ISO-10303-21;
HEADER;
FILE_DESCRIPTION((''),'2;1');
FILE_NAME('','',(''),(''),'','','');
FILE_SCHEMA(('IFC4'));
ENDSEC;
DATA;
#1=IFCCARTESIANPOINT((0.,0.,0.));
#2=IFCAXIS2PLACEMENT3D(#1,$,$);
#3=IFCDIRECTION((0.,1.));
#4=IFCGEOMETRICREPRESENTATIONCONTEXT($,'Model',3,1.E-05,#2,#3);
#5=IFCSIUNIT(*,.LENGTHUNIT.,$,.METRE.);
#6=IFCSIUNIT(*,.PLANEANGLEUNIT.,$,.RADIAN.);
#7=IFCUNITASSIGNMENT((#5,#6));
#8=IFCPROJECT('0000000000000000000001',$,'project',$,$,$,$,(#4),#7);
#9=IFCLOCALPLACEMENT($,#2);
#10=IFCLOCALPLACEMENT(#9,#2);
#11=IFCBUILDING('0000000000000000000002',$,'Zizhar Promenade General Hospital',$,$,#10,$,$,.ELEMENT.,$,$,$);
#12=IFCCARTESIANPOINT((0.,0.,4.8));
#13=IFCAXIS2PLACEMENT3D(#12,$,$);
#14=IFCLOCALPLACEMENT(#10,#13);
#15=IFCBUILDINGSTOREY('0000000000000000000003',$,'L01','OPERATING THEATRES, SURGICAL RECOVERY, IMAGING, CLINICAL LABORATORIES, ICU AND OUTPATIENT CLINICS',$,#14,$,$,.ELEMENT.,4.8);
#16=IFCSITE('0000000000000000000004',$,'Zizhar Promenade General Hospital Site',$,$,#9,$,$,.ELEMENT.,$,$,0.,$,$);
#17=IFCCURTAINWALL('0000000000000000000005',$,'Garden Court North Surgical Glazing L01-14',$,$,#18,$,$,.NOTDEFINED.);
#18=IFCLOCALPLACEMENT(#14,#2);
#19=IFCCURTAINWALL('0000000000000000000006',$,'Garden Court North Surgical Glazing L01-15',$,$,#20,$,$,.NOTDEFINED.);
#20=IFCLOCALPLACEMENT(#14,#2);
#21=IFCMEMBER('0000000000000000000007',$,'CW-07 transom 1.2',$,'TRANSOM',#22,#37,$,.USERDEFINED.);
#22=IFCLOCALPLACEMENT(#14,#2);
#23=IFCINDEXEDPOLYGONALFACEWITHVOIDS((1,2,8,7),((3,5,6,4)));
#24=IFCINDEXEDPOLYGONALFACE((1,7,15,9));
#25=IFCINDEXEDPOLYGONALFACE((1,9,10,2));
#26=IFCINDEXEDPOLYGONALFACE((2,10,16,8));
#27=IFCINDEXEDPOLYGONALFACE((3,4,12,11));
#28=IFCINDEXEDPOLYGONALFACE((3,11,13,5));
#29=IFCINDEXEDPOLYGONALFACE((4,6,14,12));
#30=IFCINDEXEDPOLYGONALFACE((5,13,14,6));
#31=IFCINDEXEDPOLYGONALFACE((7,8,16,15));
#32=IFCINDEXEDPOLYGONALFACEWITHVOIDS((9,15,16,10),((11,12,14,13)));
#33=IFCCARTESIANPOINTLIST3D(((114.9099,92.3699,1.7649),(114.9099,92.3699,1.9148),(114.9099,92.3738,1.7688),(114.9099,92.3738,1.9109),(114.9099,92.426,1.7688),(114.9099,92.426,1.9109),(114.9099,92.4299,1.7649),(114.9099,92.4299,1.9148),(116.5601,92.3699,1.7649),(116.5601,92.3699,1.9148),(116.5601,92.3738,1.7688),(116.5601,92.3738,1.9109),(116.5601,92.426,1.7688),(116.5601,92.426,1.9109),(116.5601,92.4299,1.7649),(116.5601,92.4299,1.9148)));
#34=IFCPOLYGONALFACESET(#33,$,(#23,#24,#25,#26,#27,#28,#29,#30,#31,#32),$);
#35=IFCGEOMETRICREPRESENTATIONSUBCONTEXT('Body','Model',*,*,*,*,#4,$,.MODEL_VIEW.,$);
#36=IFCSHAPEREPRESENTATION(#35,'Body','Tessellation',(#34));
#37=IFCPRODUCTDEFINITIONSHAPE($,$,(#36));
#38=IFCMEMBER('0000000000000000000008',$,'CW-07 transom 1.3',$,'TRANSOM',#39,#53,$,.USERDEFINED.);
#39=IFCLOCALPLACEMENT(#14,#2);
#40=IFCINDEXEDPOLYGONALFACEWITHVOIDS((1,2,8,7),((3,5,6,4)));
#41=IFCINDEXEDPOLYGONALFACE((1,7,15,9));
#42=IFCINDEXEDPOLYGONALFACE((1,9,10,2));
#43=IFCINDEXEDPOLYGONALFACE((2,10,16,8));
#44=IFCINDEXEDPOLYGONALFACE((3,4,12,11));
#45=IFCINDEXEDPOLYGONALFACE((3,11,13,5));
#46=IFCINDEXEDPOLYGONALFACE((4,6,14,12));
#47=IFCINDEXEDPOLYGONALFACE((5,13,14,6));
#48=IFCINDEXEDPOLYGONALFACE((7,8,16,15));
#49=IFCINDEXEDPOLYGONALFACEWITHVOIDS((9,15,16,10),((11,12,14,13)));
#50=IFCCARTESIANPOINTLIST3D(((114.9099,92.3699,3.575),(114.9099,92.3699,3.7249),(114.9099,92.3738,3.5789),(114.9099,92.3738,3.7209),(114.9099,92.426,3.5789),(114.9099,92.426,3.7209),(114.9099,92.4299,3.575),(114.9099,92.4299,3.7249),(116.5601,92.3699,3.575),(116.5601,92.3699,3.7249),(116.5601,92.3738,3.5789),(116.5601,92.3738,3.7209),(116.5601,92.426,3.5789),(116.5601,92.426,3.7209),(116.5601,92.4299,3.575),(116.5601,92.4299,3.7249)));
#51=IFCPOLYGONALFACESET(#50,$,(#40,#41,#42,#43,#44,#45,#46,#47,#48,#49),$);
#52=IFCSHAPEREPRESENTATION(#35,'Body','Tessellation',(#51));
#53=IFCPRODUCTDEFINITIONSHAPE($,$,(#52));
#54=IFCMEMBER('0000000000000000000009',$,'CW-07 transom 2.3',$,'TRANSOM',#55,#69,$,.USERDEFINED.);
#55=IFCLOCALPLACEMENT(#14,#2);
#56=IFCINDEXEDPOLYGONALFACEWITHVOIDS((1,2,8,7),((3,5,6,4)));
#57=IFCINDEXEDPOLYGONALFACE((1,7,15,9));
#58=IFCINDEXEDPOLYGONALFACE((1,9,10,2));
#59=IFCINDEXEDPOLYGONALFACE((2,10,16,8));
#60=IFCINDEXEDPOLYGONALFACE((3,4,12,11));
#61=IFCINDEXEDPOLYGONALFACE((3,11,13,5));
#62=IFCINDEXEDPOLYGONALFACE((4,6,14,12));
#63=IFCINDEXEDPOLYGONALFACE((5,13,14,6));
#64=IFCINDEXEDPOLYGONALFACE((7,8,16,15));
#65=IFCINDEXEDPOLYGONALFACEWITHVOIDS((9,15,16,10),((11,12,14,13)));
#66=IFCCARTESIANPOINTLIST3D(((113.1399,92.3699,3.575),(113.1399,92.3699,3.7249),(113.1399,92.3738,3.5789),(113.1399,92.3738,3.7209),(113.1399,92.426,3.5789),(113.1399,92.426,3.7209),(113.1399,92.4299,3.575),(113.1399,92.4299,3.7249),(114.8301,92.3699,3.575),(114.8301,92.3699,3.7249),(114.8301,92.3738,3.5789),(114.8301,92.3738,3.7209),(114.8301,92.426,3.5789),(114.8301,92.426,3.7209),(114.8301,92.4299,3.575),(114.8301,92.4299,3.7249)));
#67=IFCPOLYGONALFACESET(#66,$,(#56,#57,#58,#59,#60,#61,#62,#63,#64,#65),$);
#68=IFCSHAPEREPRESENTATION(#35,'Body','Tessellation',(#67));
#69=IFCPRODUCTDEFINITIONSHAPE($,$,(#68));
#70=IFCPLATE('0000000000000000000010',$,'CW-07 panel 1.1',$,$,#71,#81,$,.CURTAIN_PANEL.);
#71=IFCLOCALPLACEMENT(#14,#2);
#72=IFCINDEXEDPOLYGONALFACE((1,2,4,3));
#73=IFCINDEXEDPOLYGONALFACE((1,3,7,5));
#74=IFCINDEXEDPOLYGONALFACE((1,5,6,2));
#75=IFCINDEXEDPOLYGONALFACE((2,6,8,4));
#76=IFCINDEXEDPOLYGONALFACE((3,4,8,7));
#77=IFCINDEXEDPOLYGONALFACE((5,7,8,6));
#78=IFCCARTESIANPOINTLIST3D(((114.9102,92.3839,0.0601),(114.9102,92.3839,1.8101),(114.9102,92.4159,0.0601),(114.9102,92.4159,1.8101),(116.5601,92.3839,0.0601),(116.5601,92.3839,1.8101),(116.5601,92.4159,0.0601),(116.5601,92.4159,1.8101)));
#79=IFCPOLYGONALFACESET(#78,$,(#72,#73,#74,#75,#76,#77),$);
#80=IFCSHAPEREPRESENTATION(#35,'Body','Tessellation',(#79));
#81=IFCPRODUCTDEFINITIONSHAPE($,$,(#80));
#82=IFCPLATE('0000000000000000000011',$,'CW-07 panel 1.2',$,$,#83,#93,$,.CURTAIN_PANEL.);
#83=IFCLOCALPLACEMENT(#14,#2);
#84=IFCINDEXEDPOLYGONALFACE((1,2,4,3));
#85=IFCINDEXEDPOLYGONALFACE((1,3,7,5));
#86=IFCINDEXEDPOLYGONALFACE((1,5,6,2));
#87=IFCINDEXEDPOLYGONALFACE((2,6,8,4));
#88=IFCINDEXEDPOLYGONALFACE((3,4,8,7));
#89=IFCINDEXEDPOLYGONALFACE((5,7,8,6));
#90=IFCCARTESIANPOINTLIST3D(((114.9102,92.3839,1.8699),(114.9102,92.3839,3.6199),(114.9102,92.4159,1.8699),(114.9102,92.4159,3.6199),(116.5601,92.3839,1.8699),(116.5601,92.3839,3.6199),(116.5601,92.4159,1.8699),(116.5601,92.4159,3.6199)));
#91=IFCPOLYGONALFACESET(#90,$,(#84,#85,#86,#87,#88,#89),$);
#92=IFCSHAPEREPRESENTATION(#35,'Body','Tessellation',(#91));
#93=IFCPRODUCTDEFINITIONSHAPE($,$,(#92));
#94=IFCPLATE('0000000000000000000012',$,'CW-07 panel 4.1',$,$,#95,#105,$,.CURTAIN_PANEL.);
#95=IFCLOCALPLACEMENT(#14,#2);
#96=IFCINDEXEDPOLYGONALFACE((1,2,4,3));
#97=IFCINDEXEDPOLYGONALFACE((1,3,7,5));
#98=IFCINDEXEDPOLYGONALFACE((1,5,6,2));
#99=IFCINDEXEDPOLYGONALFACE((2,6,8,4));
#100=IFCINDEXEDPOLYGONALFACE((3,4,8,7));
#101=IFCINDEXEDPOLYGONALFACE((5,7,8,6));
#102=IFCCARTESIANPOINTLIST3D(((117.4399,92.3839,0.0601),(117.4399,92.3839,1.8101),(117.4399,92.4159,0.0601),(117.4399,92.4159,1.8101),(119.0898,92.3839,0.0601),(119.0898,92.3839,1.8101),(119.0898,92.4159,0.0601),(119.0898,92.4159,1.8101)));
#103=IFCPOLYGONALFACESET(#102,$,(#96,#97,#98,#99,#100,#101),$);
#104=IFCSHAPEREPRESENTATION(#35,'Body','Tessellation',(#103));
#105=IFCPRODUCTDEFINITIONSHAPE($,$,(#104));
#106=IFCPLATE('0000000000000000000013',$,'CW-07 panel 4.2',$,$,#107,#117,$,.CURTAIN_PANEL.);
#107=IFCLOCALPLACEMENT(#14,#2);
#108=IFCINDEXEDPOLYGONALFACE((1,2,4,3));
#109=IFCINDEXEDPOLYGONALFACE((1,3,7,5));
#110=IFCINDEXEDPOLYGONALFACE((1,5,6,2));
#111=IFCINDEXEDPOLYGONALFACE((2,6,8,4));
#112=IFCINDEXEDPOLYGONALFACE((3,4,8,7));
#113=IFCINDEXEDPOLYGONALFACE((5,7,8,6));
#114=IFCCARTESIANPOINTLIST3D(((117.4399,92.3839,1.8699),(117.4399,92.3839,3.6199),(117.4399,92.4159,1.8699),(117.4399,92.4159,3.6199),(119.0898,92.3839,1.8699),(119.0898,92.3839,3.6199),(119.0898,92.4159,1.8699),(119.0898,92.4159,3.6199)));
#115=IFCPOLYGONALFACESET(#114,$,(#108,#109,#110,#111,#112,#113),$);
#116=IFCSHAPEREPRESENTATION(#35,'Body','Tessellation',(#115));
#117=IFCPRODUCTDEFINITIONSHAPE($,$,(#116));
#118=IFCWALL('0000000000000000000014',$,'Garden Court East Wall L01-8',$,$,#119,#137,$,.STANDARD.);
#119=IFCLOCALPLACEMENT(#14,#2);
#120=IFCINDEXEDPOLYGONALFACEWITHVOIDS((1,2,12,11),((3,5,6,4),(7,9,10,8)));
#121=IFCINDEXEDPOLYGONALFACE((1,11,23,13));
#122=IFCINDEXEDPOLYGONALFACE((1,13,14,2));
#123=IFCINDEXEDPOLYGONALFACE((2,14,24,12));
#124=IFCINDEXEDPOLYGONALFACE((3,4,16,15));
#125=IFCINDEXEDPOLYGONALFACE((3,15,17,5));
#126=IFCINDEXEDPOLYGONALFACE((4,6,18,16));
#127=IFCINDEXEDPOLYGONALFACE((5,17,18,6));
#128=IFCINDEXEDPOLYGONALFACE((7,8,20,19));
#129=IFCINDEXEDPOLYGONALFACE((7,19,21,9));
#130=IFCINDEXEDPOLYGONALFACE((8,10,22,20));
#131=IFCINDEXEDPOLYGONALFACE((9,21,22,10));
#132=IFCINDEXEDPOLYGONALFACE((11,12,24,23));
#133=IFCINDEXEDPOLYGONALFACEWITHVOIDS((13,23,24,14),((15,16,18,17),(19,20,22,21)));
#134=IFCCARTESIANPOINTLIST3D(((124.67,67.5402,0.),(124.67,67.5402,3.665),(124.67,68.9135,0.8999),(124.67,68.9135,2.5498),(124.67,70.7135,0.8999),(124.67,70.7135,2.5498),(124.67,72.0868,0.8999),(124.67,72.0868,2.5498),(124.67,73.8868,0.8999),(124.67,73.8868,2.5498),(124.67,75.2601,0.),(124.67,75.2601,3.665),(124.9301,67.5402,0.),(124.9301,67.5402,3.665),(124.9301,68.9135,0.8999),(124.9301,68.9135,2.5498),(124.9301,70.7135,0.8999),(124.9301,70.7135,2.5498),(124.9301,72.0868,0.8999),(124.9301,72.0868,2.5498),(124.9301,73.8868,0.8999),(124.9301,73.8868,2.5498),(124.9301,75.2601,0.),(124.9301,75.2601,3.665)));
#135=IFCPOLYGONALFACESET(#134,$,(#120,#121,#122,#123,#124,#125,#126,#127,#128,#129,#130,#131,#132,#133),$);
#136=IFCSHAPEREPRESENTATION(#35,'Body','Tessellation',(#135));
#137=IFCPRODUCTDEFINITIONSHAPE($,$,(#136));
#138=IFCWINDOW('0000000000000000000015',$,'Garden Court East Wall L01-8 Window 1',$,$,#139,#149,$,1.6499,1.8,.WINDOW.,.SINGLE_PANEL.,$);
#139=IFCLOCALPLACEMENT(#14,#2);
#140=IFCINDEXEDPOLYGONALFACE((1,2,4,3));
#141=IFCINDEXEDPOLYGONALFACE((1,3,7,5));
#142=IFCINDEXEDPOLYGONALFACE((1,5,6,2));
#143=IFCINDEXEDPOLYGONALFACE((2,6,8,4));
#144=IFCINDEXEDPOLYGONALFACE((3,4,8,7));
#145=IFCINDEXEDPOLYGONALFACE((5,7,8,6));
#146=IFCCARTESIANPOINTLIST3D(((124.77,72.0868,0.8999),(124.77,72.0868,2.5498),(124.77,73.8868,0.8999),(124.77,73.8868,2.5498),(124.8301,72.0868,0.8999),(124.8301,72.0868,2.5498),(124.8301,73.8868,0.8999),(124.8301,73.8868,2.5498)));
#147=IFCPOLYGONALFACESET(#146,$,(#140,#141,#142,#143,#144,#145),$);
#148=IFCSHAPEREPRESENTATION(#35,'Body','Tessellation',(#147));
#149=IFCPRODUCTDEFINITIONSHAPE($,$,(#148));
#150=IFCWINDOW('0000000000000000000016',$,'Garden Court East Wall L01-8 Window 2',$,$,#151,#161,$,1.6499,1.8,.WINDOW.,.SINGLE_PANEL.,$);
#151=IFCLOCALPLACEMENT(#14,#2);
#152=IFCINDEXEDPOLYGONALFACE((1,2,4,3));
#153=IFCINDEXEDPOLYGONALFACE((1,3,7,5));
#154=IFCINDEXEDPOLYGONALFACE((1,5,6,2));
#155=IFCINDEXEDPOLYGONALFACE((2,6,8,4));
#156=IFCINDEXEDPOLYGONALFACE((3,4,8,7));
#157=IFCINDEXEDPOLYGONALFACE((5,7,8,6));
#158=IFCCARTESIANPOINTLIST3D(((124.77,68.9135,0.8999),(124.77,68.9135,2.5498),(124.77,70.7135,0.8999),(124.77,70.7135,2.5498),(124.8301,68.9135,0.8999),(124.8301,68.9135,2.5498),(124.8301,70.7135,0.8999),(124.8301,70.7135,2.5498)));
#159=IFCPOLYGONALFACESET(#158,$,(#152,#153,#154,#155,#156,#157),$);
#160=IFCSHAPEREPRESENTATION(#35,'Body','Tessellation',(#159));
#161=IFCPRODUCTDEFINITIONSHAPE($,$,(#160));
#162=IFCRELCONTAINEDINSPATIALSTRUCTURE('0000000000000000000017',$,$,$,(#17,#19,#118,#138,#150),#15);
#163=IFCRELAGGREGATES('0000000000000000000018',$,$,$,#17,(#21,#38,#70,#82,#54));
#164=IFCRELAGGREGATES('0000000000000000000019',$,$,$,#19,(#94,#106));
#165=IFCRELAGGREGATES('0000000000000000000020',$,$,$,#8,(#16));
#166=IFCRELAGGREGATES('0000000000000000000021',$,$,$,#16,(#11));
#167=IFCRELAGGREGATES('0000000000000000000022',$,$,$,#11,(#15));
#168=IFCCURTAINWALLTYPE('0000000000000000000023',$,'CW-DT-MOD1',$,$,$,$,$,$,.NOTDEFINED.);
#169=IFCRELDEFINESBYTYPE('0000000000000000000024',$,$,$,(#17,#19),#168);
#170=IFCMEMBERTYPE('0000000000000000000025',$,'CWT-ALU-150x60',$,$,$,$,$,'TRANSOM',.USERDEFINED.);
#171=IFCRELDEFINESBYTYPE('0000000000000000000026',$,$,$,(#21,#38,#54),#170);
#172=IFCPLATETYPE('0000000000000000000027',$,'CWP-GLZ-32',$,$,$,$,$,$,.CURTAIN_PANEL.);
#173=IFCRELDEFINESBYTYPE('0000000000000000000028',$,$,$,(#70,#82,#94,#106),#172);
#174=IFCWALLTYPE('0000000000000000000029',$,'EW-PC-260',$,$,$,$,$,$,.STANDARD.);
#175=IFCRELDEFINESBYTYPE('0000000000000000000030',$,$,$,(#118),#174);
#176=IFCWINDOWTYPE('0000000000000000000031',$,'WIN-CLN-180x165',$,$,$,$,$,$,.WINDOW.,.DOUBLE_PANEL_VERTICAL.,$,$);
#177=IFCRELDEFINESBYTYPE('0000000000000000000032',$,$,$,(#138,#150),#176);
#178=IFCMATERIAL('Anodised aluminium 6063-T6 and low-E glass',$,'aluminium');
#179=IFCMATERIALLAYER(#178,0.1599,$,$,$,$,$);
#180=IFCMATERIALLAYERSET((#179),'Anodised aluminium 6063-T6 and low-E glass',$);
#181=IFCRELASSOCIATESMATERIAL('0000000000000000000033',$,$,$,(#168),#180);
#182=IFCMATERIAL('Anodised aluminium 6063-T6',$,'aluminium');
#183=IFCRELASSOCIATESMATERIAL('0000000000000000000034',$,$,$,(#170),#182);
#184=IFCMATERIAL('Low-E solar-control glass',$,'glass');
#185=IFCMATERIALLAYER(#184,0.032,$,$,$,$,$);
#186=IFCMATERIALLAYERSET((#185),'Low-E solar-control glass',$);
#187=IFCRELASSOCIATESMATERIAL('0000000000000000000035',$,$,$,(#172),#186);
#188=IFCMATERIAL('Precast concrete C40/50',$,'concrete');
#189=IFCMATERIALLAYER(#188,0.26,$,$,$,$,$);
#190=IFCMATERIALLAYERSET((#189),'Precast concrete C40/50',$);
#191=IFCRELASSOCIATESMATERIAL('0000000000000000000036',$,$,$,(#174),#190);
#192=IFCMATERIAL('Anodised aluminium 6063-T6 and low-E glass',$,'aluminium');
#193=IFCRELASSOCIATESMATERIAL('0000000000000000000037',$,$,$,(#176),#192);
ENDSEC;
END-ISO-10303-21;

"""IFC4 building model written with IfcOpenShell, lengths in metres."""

from ifc_helpers import new_model, si_unit, direction, frame, frame_2d, origin, origin_2d, place, context, subcontext, project, spatial, rectangle, hollow_rectangle, extrude, material, layer, layer_set, material_profile, profile_set, type_object, element, fill, aggregate, save


model = new_model("IFC4")

# Units and contexts
model_context = context("Model", 3, precision=1e-05, world=origin(), true_north=direction((0.0, 1.0)))
body_context = subcontext(model_context, "Body", "Model", "MODEL_VIEW")
ifc_project = project(units=[si_unit("LENGTHUNIT", "METRE"), si_unit("PLANEANGLEUNIT", "RADIAN")], contexts=[model_context])

# Site, building, storey
site_placement = place(None, origin())
site = spatial("IfcSite", under=ifc_project, at=site_placement, Name="Zizhar Promenade General Hospital Site", CompositionType="ELEMENT", RefElevation=0.0)
building_placement = place(site_placement, origin())
building = spatial("IfcBuilding", under=site, at=building_placement, Name="Zizhar Promenade General Hospital", CompositionType="ELEMENT")
storey_placement = place(building_placement, frame((0.0, 0.0, 4.8)))
storey = spatial("IfcBuildingStorey", under=building, at=storey_placement, Name="L01", Description="OPERATING THEATRES, SURGICAL RECOVERY, IMAGING, CLINICAL LABORATORIES, ICU AND OUTPATIENT CLINICS", CompositionType="ELEMENT", Elevation=4.8)

# Curtain wall
ifc_material_1 = material(Name="Anodised aluminium 6063-T6 and low-E glass", Category="aluminium")
ifc_layer_1 = layer(ifc_material_1, 0.1599)
ifc_layer_set_1 = layer_set([ifc_layer_1], Name="Anodised aluminium 6063-T6 and low-E glass")
curtain_wall_type = type_object("IfcCurtainWallType", Name="CW-DT-MOD1", PredefinedType="NOTDEFINED", material=ifc_layer_set_1)
curtain_wall_1_placement = place(storey_placement, origin())
curtain_wall_1 = element("IfcCurtainWall", 1, at=curtain_wall_1_placement, inside=storey, type_object=curtain_wall_type, Name="Garden Court North Surgical Glazing L01-14", PredefinedType="NOTDEFINED")

# Curtain wall
curtain_wall_2_placement = place(storey_placement, origin())
curtain_wall_2 = element("IfcCurtainWall", 2, at=curtain_wall_2_placement, inside=storey, type_object=curtain_wall_type, Name="Garden Court North Surgical Glazing L01-15", PredefinedType="NOTDEFINED")

# Members
ifc_material_2 = material(Name="Anodised aluminium 6063-T6", Category="aluminium")
ifc_material_profile_1 = material_profile(ifc_material_2, hollow_rectangle(XDim=0.0601, YDim=0.1499, WallThickness=0.0039, at=origin_2d()))
ifc_profile_set_1 = profile_set([ifc_material_profile_1], Name="Anodised aluminium 6063-T6")
member_type_1 = type_object("IfcMemberType", Name="CWT-ALU-150x60", ElementType="TRANSOM", PredefinedType="USERDEFINED", material=ifc_profile_set_1)
member_1_placement = place(storey_placement, frame((116.5601, 92.3999, 1.8398), z_axis=(-1.0, 0.0, 0.0), x_axis=(0.0, -1.0, 0.0)))
member_1 = element("IfcMember", 3, at=member_1_placement, type_object=member_type_1, Name="CW-07 transom 1.2", ObjectType="TRANSOM", PredefinedType="USERDEFINED", context=body_context, shape_type="SweptSolid", body=[
    extrude(hollow_rectangle(XDim=0.0601, YDim=0.1499, WallThickness=0.0039, at=origin_2d()), origin(), (0.0, 0.0, 1.0), 1.6501),
])
member_2_placement = place(storey_placement, frame((116.5601, 92.3999, 3.6499), z_axis=(-1.0, 0.0, 0.0), x_axis=(0.0, -1.0, 0.0)))
member_2 = element("IfcMember", 4, at=member_2_placement, type_object=member_type_1, Name="CW-07 transom 1.3", ObjectType="TRANSOM", PredefinedType="USERDEFINED", context=body_context, shape_type="SweptSolid", body=[
    extrude(hollow_rectangle(XDim=0.0601, YDim=0.1499, WallThickness=0.0039, at=origin_2d()), origin(), (0.0, 0.0, 1.0), 1.6501),
])
member_3_placement = place(storey_placement, frame((114.8301, 92.3999, 3.6499), z_axis=(-1.0, 0.0, 0.0), x_axis=(0.0, -1.0, 0.0)))
member_3 = element("IfcMember", 5, at=member_3_placement, type_object=member_type_1, Name="CW-07 transom 2.3", ObjectType="TRANSOM", PredefinedType="USERDEFINED", context=body_context, shape_type="SweptSolid", body=[
    extrude(hollow_rectangle(XDim=0.0601, YDim=0.1499, WallThickness=0.0039, at=origin_2d()), origin(), (0.0, 0.0, 1.0), 1.6902),
])

# Plates
ifc_material_3 = material(Name="Low-E solar-control glass", Category="glass")
ifc_layer_2 = layer(ifc_material_3, 0.032)
ifc_layer_set_2 = layer_set([ifc_layer_2], Name="Low-E solar-control glass")
plate_type = type_object("IfcPlateType", Name="CWP-GLZ-32", PredefinedType="CURTAIN_PANEL", material=ifc_layer_set_2)
plate_1_placement = place(storey_placement, frame((115.7351, 92.3999, 0.0601), z_axis=(0.0, 0.0, 1.0), x_axis=(-1.0, 0.0, 0.0)))
plate_1 = element("IfcPlate", 6, at=plate_1_placement, type_object=plate_type, Name="CW-07 panel 1.1", PredefinedType="CURTAIN_PANEL", context=body_context, shape_type="SweptSolid", body=[
    extrude(rectangle(XDim=1.6499, YDim=0.032, at=origin_2d()), origin(), (0.0, 0.0, 1.0), 1.75),
])
plate_2_placement = place(storey_placement, frame((115.7351, 92.3999, 1.8699), z_axis=(0.0, 0.0, 1.0), x_axis=(-1.0, 0.0, 0.0)))
plate_2 = element("IfcPlate", 7, at=plate_2_placement, type_object=plate_type, Name="CW-07 panel 1.2", PredefinedType="CURTAIN_PANEL", context=body_context, shape_type="SweptSolid", body=[
    extrude(rectangle(XDim=1.6499, YDim=0.032, at=origin_2d()), origin(), (0.0, 0.0, 1.0), 1.75),
])
aggregate(curtain_wall_1, [member_1, member_2, plate_1, plate_2, member_3])
plate_3_placement = place(storey_placement, frame((118.2649, 92.3999, 0.0601), z_axis=(0.0, 0.0, 1.0), x_axis=(-1.0, 0.0, 0.0)))
plate_3 = element("IfcPlate", 8, at=plate_3_placement, type_object=plate_type, Name="CW-07 panel 4.1", PredefinedType="CURTAIN_PANEL", context=body_context, shape_type="SweptSolid", body=[
    extrude(rectangle(XDim=1.6499, YDim=0.032, at=origin_2d()), origin(), (0.0, 0.0, 1.0), 1.75),
])
plate_4_placement = place(storey_placement, frame((118.2649, 92.3999, 1.8699), z_axis=(0.0, 0.0, 1.0), x_axis=(-1.0, 0.0, 0.0)))
plate_4 = element("IfcPlate", 9, at=plate_4_placement, type_object=plate_type, Name="CW-07 panel 4.2", PredefinedType="CURTAIN_PANEL", context=body_context, shape_type="SweptSolid", body=[
    extrude(rectangle(XDim=1.6499, YDim=0.032, at=origin_2d()), origin(), (0.0, 0.0, 1.0), 1.75),
])
aggregate(curtain_wall_2, [plate_3, plate_4])

# Wall, openings, windows
ifc_material_4 = material(Name="Precast concrete C40/50", Category="concrete")
ifc_layer_3 = layer(ifc_material_4, 0.26)
ifc_layer_set_3 = layer_set([ifc_layer_3], Name="Precast concrete C40/50")
wall_type = type_object("IfcWallType", Name="EW-PC-260", PredefinedType="STANDARD", material=ifc_layer_set_3)
wall_1_placement = place(storey_placement, frame((124.8, 75.26, 0.0), z_axis=(0.0, 0.0, 1.0), x_axis=(0.0, -1.0, 0.0)))
wall_1 = element("IfcWall", 10, at=wall_1_placement, inside=storey, type_object=wall_type, Name="Garden Court East Wall L01-8", PredefinedType="STANDARD", context=body_context, shape_type="SweptSolid", body=[
    extrude(rectangle(XDim=7.72, YDim=0.26, at=frame_2d((3.8599, 0.0))), origin(), (0.0, 0.0, 1.0), 3.665),
])
opening_1_placement = place(wall_1_placement, frame((1.3733, 0.0, 0.8999)))
opening_1 = element("IfcOpeningElement", 11, at=opening_1_placement, cuts=wall_1, PredefinedType="OPENING", context=body_context, shape_type="SweptSolid", body=[
    extrude(rectangle(XDim=1.8, YDim=1.6499, at=frame_2d((0.8999, 0.825))), frame((0.0, 0.1401, 0.0), z_axis=(0.0, -1.0, 0.0), x_axis=(1.0, 0.0, 0.0)), (0.0, 0.0, 1.0), 0.28),
])
opening_2_placement = place(wall_1_placement, frame((4.5466, 0.0, 0.8999)))
opening_2 = element("IfcOpeningElement", 12, at=opening_2_placement, cuts=wall_1, PredefinedType="OPENING", context=body_context, shape_type="SweptSolid", body=[
    extrude(rectangle(XDim=1.8, YDim=1.6499, at=frame_2d((0.8999, 0.825))), frame((0.0, 0.1401, 0.0), z_axis=(0.0, -1.0, 0.0), x_axis=(1.0, 0.0, 0.0)), (0.0, 0.0, 1.0), 0.28),
])
ifc_material_5 = material(Name="Anodised aluminium 6063-T6 and low-E glass", Category="aluminium")
window_type = type_object("IfcWindowType", Name="WIN-CLN-180x165", PartitioningType="DOUBLE_PANEL_VERTICAL", PredefinedType="WINDOW", material=ifc_material_5)
window_1_placement = place(opening_1_placement, origin())
window_1 = element("IfcWindow", 13, at=window_1_placement, inside=storey, type_object=window_type, Name="Garden Court East Wall L01-8 Window 1", OverallHeight=1.6499, OverallWidth=1.8, PartitioningType="SINGLE_PANEL", PredefinedType="WINDOW", context=body_context, shape_type="SweptSolid", body=[
    extrude(rectangle(XDim=1.8, YDim=1.6499, at=frame_2d((0.8999, 0.825))), frame((0.0, 0.03, 0.0), z_axis=(0.0, -1.0, 0.0), x_axis=(1.0, 0.0, 0.0)), (0.0, 0.0, 1.0), 0.0601),
])
fill(opening_1, window_1)
window_2_placement = place(opening_2_placement, origin())
window_2 = element("IfcWindow", 14, at=window_2_placement, inside=storey, type_object=window_type, Name="Garden Court East Wall L01-8 Window 2", OverallHeight=1.6499, OverallWidth=1.8, PartitioningType="SINGLE_PANEL", PredefinedType="WINDOW", context=body_context, shape_type="SweptSolid", body=[
    extrude(rectangle(XDim=1.8, YDim=1.6499, at=frame_2d((0.8999, 0.825))), frame((0.0, 0.03, 0.0), z_axis=(0.0, -1.0, 0.0), x_axis=(1.0, 0.0, 0.0)), (0.0, 0.0, 1.0), 0.0601),
])
fill(opening_2, window_2)

save(model, "model.ifc")
